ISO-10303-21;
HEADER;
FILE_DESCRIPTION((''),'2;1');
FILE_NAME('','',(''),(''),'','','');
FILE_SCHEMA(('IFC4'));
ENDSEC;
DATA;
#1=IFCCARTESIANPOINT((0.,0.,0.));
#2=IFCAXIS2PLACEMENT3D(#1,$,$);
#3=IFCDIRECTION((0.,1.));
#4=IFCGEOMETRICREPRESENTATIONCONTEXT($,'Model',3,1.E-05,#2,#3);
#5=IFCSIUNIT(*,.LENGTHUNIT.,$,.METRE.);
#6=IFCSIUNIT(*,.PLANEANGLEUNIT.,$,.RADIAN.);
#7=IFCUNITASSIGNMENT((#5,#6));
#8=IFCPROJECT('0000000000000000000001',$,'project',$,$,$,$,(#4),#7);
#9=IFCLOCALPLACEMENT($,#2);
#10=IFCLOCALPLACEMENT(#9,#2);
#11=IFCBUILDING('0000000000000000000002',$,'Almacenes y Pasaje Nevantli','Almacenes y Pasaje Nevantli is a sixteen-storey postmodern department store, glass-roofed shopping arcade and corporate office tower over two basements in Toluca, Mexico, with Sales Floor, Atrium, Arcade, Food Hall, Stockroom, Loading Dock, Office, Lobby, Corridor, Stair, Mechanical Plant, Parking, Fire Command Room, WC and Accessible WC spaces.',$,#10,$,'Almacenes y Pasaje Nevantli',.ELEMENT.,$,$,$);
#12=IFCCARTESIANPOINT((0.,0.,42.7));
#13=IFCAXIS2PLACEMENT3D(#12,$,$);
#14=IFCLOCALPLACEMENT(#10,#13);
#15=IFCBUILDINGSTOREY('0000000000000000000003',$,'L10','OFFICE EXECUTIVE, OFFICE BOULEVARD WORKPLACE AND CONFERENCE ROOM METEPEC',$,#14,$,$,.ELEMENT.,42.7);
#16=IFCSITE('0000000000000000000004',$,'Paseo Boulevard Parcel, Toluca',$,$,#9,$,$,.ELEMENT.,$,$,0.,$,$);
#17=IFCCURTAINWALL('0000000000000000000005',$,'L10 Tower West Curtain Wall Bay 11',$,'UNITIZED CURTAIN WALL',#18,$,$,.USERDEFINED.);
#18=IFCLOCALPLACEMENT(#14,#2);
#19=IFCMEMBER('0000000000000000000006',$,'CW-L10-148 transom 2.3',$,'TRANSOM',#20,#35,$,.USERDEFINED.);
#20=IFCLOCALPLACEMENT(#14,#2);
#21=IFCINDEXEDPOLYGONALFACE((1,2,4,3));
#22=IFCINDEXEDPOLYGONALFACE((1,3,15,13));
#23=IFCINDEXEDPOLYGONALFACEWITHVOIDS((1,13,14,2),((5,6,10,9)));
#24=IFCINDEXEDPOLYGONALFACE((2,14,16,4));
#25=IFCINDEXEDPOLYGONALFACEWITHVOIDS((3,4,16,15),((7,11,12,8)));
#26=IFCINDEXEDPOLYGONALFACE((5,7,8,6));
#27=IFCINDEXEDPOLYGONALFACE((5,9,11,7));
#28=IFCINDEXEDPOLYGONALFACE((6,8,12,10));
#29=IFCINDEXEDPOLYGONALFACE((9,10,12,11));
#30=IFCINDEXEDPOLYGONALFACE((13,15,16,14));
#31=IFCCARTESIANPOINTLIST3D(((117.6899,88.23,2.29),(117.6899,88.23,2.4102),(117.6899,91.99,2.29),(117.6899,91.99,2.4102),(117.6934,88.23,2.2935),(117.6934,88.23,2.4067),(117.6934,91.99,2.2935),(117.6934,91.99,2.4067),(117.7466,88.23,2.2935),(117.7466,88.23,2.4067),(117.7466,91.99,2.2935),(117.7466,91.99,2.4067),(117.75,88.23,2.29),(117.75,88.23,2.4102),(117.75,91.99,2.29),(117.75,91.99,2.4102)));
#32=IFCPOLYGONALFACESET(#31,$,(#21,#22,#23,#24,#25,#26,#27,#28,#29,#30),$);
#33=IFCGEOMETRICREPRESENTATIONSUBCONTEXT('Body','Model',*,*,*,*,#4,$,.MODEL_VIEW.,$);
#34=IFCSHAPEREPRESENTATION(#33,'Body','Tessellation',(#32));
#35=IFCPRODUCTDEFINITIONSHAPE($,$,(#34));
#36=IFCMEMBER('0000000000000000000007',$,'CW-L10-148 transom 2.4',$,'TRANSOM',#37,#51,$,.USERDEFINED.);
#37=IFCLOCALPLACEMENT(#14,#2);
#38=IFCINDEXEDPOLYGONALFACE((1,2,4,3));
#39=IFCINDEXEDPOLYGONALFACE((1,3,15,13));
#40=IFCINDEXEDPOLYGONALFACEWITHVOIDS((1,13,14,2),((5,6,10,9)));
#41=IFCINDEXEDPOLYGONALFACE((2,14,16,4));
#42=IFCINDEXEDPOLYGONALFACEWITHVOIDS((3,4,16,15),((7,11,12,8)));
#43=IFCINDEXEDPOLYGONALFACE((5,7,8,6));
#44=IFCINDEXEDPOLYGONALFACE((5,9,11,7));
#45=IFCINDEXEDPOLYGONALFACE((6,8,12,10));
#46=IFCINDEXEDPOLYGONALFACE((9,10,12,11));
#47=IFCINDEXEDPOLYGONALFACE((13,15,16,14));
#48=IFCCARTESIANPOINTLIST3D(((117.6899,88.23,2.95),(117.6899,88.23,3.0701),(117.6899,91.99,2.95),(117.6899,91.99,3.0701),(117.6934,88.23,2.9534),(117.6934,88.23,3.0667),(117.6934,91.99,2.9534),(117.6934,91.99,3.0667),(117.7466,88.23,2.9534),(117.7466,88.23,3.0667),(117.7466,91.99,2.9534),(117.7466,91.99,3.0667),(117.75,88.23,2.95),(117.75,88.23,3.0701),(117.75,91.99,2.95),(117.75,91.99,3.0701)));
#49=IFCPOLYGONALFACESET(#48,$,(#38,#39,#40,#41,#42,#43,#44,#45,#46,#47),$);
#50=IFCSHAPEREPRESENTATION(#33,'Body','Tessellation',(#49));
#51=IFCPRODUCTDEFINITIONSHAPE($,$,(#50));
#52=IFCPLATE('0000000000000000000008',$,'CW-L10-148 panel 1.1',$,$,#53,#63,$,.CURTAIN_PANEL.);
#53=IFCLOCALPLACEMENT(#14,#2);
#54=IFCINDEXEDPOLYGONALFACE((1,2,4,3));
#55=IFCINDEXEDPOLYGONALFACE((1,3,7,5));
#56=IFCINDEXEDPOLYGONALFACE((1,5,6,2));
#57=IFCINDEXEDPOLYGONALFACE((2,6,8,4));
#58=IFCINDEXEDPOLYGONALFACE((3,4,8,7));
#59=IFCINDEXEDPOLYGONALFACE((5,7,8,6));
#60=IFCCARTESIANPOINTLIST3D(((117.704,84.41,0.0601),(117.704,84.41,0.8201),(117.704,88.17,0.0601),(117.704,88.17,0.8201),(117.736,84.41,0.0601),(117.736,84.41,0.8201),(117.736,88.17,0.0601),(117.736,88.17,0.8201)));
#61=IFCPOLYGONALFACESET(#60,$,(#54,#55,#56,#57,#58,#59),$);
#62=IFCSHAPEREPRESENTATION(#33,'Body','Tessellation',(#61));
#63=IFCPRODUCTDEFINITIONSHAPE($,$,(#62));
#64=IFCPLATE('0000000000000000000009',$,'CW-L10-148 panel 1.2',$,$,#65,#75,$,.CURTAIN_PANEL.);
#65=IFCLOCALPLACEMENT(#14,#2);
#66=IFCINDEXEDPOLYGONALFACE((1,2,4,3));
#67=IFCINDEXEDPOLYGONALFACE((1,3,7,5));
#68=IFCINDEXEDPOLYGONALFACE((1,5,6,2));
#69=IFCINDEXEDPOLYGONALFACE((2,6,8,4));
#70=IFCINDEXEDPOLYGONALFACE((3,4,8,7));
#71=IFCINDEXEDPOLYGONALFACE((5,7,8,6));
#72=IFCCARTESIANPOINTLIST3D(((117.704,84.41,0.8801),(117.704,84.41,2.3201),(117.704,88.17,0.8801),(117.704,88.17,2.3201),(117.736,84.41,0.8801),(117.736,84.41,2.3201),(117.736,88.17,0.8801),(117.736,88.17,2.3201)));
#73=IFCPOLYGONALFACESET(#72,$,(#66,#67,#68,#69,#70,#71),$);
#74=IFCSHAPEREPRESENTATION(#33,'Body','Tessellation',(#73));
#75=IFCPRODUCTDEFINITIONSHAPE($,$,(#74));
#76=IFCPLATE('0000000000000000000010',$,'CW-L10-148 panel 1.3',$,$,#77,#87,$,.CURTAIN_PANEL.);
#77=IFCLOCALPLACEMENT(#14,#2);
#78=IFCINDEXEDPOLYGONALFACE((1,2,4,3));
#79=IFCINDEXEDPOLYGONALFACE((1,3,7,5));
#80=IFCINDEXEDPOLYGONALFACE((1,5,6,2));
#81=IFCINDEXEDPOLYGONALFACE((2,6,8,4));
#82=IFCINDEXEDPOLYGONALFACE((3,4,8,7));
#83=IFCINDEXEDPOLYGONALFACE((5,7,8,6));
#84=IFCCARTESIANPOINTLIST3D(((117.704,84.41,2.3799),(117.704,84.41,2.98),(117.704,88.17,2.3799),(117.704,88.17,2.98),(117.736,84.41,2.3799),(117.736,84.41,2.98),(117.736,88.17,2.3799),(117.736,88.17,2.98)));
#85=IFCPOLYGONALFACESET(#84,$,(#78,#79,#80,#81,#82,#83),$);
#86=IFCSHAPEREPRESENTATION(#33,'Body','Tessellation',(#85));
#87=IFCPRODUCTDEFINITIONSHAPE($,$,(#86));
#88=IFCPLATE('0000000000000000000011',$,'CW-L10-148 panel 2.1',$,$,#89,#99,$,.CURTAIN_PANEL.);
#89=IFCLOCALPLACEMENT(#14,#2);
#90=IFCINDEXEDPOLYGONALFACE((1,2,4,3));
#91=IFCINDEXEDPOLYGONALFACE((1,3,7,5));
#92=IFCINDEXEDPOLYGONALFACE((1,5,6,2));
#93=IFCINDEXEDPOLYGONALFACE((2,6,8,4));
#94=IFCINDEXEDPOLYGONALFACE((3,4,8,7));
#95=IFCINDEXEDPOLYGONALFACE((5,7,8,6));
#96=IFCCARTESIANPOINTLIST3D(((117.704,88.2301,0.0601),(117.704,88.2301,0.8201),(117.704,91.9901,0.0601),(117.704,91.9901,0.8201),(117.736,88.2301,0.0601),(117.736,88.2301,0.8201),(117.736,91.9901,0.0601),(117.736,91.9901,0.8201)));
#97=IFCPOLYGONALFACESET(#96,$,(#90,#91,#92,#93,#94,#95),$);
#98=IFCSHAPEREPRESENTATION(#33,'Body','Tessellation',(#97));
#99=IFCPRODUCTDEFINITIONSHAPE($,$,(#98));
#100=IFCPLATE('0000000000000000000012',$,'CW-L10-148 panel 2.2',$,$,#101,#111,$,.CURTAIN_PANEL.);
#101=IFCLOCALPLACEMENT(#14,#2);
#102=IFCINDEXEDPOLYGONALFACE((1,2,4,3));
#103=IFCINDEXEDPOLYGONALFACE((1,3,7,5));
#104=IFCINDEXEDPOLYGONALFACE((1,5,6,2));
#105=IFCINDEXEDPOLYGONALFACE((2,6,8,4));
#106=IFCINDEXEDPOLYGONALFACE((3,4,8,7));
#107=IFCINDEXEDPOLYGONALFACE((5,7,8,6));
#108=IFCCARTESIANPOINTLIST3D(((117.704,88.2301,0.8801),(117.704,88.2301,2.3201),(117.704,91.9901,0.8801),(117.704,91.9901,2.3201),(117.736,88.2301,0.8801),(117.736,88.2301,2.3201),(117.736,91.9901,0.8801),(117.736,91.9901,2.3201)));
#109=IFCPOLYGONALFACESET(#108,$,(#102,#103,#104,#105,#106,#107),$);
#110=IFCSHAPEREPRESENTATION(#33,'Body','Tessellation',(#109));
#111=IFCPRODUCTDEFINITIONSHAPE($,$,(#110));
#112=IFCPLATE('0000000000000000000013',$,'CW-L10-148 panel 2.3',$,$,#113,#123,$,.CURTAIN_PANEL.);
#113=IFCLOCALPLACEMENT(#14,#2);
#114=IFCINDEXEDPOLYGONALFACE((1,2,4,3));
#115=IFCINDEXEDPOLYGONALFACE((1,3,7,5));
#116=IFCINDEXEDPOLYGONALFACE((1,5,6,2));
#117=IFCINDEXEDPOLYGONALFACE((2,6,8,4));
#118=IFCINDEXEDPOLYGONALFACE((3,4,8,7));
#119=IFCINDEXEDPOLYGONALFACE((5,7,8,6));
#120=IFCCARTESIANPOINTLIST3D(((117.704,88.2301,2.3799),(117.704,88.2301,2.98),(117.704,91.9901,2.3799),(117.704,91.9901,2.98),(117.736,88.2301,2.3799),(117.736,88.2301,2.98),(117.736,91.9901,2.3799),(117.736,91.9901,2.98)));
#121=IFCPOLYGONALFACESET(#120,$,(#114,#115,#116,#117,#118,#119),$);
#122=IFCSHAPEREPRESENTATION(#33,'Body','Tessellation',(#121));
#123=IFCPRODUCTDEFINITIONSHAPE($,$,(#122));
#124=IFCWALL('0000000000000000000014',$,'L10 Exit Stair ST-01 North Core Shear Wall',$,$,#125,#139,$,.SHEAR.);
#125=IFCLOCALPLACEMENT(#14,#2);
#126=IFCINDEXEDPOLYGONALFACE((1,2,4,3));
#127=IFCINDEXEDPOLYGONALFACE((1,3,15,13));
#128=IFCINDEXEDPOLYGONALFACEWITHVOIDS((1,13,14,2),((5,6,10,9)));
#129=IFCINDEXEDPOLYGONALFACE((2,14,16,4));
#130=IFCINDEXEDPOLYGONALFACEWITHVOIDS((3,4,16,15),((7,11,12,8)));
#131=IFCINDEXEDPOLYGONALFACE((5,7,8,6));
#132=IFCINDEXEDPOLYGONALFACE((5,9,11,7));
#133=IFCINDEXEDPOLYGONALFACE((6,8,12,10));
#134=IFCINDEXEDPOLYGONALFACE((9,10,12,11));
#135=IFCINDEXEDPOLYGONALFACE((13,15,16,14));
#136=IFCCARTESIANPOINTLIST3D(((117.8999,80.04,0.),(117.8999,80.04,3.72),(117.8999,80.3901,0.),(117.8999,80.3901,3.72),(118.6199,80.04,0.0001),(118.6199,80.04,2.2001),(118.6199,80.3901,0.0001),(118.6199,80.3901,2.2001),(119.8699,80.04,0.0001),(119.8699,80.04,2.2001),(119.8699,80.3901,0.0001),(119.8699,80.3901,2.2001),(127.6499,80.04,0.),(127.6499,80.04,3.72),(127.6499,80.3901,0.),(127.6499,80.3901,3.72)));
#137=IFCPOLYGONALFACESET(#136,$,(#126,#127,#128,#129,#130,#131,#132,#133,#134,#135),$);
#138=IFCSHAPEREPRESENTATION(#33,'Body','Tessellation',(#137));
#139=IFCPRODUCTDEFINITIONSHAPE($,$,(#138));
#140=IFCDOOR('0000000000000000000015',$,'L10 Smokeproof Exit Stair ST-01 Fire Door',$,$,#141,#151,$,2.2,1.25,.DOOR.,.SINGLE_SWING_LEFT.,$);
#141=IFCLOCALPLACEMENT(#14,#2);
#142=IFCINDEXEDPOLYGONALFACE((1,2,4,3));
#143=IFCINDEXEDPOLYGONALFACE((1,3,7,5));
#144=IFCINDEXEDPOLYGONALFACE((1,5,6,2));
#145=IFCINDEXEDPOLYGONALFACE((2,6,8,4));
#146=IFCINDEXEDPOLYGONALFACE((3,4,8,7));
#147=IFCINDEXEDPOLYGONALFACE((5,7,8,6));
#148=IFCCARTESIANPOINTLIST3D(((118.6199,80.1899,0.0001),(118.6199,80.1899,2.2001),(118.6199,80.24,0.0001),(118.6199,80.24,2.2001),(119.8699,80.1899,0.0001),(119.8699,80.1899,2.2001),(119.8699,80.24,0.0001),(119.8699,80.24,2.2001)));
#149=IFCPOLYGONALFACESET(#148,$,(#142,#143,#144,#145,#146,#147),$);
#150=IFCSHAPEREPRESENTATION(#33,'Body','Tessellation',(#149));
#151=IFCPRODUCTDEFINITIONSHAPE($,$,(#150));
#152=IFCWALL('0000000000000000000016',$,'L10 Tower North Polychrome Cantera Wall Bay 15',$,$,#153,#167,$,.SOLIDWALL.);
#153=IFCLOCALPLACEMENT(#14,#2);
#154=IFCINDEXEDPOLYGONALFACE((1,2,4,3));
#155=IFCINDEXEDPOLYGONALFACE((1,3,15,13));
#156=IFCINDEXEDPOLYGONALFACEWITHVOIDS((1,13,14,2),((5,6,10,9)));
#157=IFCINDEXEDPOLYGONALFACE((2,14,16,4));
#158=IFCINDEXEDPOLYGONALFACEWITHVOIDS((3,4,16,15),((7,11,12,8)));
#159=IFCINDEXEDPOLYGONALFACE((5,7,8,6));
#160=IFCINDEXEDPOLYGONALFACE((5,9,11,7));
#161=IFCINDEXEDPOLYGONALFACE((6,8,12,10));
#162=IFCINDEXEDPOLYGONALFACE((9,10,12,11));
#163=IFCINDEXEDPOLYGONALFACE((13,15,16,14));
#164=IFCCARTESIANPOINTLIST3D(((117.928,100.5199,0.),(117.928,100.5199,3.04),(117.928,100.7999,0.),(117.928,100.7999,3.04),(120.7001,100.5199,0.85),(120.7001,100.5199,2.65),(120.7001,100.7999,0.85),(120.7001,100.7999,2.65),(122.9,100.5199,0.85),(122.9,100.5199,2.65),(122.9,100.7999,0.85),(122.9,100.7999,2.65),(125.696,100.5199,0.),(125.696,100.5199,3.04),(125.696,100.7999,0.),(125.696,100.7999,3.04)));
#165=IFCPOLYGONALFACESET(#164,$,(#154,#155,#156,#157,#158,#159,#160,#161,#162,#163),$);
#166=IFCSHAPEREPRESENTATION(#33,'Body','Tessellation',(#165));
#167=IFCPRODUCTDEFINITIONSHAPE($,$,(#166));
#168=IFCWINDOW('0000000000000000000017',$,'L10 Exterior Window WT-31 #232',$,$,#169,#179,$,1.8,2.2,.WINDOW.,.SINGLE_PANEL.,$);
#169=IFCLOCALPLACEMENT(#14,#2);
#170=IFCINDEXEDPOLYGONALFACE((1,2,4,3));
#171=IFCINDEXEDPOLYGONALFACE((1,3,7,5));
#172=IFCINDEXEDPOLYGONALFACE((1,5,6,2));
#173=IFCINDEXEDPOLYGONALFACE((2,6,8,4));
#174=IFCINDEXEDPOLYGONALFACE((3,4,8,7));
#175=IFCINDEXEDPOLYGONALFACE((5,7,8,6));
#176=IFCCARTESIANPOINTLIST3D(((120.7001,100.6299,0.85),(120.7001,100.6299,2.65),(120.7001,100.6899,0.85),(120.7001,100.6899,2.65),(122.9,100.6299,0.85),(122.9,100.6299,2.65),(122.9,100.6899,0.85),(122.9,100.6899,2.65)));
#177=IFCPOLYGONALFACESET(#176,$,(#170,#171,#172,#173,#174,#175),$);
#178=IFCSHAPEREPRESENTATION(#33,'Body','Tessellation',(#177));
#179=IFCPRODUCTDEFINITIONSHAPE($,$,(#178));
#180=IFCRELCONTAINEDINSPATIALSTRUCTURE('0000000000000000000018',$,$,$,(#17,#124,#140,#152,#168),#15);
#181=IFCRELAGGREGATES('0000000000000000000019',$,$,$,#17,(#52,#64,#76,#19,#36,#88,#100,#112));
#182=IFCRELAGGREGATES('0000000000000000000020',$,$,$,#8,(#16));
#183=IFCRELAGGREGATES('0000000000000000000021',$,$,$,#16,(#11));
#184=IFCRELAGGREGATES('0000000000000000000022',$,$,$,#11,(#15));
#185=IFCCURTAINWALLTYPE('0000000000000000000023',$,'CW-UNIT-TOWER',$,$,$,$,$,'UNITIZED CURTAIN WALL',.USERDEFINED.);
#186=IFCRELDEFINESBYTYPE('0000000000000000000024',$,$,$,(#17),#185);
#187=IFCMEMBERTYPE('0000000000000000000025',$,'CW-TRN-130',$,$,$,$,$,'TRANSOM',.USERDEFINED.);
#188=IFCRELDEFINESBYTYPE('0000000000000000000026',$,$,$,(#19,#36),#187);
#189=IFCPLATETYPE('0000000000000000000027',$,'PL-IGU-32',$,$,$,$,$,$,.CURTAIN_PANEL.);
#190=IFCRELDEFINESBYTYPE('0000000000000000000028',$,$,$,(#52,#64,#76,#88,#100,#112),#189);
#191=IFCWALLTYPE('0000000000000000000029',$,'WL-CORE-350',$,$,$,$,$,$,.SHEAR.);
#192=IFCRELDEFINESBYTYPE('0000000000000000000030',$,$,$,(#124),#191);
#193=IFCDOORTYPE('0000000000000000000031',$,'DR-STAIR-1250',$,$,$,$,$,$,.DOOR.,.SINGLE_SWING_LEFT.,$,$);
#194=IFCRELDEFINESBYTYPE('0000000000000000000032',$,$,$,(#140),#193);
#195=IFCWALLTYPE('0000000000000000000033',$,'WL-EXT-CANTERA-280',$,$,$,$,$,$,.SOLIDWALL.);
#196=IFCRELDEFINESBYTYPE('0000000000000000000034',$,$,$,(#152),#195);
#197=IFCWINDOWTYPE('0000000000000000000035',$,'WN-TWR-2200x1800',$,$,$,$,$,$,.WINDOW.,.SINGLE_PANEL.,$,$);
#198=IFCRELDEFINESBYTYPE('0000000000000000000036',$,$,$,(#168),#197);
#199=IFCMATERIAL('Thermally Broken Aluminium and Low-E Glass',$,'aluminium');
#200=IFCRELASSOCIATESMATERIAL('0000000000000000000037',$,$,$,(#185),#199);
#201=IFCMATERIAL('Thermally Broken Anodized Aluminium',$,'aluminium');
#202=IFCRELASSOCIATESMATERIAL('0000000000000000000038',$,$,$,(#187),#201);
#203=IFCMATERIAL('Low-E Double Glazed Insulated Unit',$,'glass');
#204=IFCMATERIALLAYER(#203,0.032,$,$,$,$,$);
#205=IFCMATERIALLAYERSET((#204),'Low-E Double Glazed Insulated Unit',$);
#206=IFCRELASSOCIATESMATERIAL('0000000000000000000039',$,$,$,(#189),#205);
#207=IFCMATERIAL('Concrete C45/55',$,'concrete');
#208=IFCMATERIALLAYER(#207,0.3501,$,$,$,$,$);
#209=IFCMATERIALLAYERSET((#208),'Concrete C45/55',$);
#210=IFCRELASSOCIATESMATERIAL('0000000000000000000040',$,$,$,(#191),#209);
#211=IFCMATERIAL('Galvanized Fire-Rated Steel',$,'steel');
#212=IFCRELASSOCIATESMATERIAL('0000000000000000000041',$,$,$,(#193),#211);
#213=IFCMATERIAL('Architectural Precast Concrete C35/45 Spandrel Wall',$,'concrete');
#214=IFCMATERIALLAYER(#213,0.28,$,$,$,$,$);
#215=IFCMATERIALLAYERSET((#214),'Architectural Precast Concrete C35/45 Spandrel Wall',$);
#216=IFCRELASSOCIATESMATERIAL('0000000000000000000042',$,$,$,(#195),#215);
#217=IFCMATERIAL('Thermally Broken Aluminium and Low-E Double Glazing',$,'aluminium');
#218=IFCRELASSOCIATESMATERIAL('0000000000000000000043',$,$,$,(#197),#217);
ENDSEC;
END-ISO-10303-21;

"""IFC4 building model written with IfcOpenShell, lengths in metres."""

from ifc_helpers import new_model, si_unit, direction, frame, frame_2d, origin, origin_2d, place, context, subcontext, project, spatial, rectangle, hollow_rectangle, extrude, material, layer, layer_set, material_profile, profile_set, type_object, element, fill, aggregate, save


model = new_model("IFC4")

# Units and contexts
model_context = context("Model", 3, precision=1e-05, world=origin(), true_north=direction((0.0, 1.0)))
body_context = subcontext(model_context, "Body", "Model", "MODEL_VIEW")
ifc_project = project(units=[si_unit("LENGTHUNIT", "METRE"), si_unit("PLANEANGLEUNIT", "RADIAN")], contexts=[model_context])

# Site, building, storey
site_placement = place(None, origin())
site = spatial("IfcSite", under=ifc_project, at=site_placement, Name="Paseo Boulevard Parcel, Toluca", CompositionType="ELEMENT", RefElevation=0.0)
building_placement = place(site_placement, origin())
building = spatial("IfcBuilding", under=site, at=building_placement, Name="Almacenes y Pasaje Nevantli", Description="Almacenes y Pasaje Nevantli is a sixteen-storey postmodern department store, glass-roofed shopping arcade and corporate office tower over two basements in Toluca, Mexico, with Sales Floor, Atrium, Arcade, Food Hall, Stockroom, Loading Dock, Office, Lobby, Corridor, Stair, Mechanical Plant, Parking, Fire Command Room, WC and Accessible WC spaces.", LongName="Almacenes y Pasaje Nevantli", CompositionType="ELEMENT")
storey_placement = place(building_placement, frame((0.0, 0.0, 42.7)))
storey = spatial("IfcBuildingStorey", under=building, at=storey_placement, Name="L10", Description="OFFICE EXECUTIVE, OFFICE BOULEVARD WORKPLACE AND CONFERENCE ROOM METEPEC", CompositionType="ELEMENT", Elevation=42.7)

# Curtain wall, members, plates
ifc_material_1 = material(Name="Thermally Broken Aluminium and Low-E Glass", Category="aluminium")
curtain_wall_type = type_object("IfcCurtainWallType", Name="CW-UNIT-TOWER", ElementType="UNITIZED CURTAIN WALL", PredefinedType="USERDEFINED", material=ifc_material_1)
curtain_wall_placement = place(storey_placement, origin())
curtain_wall = element("IfcCurtainWall", 1, at=curtain_wall_placement, inside=storey, type_object=curtain_wall_type, Name="L10 Tower West Curtain Wall Bay 11", ObjectType="UNITIZED CURTAIN WALL", PredefinedType="USERDEFINED")
ifc_material_2 = material(Name="Thermally Broken Anodized Aluminium", Category="aluminium")
ifc_material_profile_1 = material_profile(ifc_material_2, hollow_rectangle(XDim=0.0601, YDim=0.1201, WallThickness=0.0034, at=origin_2d()), Name="ALU-TRN-60x120")
ifc_profile_set_1 = profile_set([ifc_material_profile_1], Name="Thermally Broken Anodized Aluminium")
member_type = type_object("IfcMemberType", Name="CW-TRN-130", ElementType="TRANSOM", PredefinedType="USERDEFINED", material=ifc_profile_set_1)
member_1_placement = place(storey_placement, frame((117.72, 88.23, 2.3501), z_axis=(0.0, 1.0, 0.0), x_axis=(-1.0, 0.0, 0.0)))
member_1 = element("IfcMember", 2, at=member_1_placement, type_object=member_type, Name="CW-L10-148 transom 2.3", ObjectType="TRANSOM", PredefinedType="USERDEFINED", context=body_context, shape_type="SweptSolid", body=[
    extrude(hollow_rectangle(XDim=0.0601, YDim=0.1201, WallThickness=0.0034, at=origin_2d()), origin(), (0.0, 0.0, 1.0), 3.76),
])
member_2_placement = place(storey_placement, frame((117.72, 88.23, 3.01), z_axis=(0.0, 1.0, 0.0), x_axis=(-1.0, 0.0, 0.0)))
member_2 = element("IfcMember", 3, at=member_2_placement, type_object=member_type, Name="CW-L10-148 transom 2.4", ObjectType="TRANSOM", PredefinedType="USERDEFINED", context=body_context, shape_type="SweptSolid", body=[
    extrude(hollow_rectangle(XDim=0.0601, YDim=0.1201, WallThickness=0.0034, at=origin_2d()), origin(), (0.0, 0.0, 1.0), 3.76),
])
ifc_material_3 = material(Name="Low-E Double Glazed Insulated Unit", Category="glass")
ifc_layer_1 = layer(ifc_material_3, 0.032)
ifc_layer_set_1 = layer_set([ifc_layer_1], Name="Low-E Double Glazed Insulated Unit")
plate_type = type_object("IfcPlateType", Name="PL-IGU-32", PredefinedType="CURTAIN_PANEL", material=ifc_layer_set_1)
plate_1_placement = place(storey_placement, frame((117.72, 86.29, 0.0601), z_axis=(0.0, 0.0, 1.0), x_axis=(0.0, 1.0, 0.0)))
plate_1 = element("IfcPlate", 4, at=plate_1_placement, type_object=plate_type, Name="CW-L10-148 panel 1.1", PredefinedType="CURTAIN_PANEL", context=body_context, shape_type="SweptSolid", body=[
    extrude(rectangle(XDim=3.76, YDim=0.032, at=origin_2d()), origin(), (0.0, 0.0, 1.0), 0.76),
])
plate_2_placement = place(storey_placement, frame((117.72, 86.29, 0.8801), z_axis=(0.0, 0.0, 1.0), x_axis=(0.0, 1.0, 0.0)))
plate_2 = element("IfcPlate", 5, at=plate_2_placement, type_object=plate_type, Name="CW-L10-148 panel 1.2", PredefinedType="CURTAIN_PANEL", context=body_context, shape_type="SweptSolid", body=[
    extrude(rectangle(XDim=3.76, YDim=0.032, at=origin_2d()), origin(), (0.0, 0.0, 1.0), 1.4399),
])
plate_3_placement = place(storey_placement, frame((117.72, 86.29, 2.3799), z_axis=(0.0, 0.0, 1.0), x_axis=(0.0, 1.0, 0.0)))
plate_3 = element("IfcPlate", 6, at=plate_3_placement, type_object=plate_type, Name="CW-L10-148 panel 1.3", PredefinedType="CURTAIN_PANEL", context=body_context, shape_type="SweptSolid", body=[
    extrude(rectangle(XDim=3.76, YDim=0.032, at=origin_2d()), origin(), (0.0, 0.0, 1.0), 0.6001),
])
plate_4_placement = place(storey_placement, frame((117.72, 90.1101, 0.0601), z_axis=(0.0, 0.0, 1.0), x_axis=(0.0, 1.0, 0.0)))
plate_4 = element("IfcPlate", 7, at=plate_4_placement, type_object=plate_type, Name="CW-L10-148 panel 2.1", PredefinedType="CURTAIN_PANEL", context=body_context, shape_type="SweptSolid", body=[
    extrude(rectangle(XDim=3.76, YDim=0.032, at=origin_2d()), origin(), (0.0, 0.0, 1.0), 0.76),
])
plate_5_placement = place(storey_placement, frame((117.72, 90.1101, 0.8801), z_axis=(0.0, 0.0, 1.0), x_axis=(0.0, 1.0, 0.0)))
plate_5 = element("IfcPlate", 8, at=plate_5_placement, type_object=plate_type, Name="CW-L10-148 panel 2.2", PredefinedType="CURTAIN_PANEL", context=body_context, shape_type="SweptSolid", body=[
    extrude(rectangle(XDim=3.76, YDim=0.032, at=origin_2d()), origin(), (0.0, 0.0, 1.0), 1.4399),
])
plate_6_placement = place(storey_placement, frame((117.72, 90.1101, 2.3799), z_axis=(0.0, 0.0, 1.0), x_axis=(0.0, 1.0, 0.0)))
plate_6 = element("IfcPlate", 9, at=plate_6_placement, type_object=plate_type, Name="CW-L10-148 panel 2.3", PredefinedType="CURTAIN_PANEL", context=body_context, shape_type="SweptSolid", body=[
    extrude(rectangle(XDim=3.76, YDim=0.032, at=origin_2d()), origin(), (0.0, 0.0, 1.0), 0.6001),
])
aggregate(curtain_wall, [plate_1, plate_2, plate_3, member_1, member_2, plate_4, plate_5, plate_6])

# Wall, opening, door
ifc_material_4 = material(Name="Concrete C45/55", Category="concrete")
ifc_layer_2 = layer(ifc_material_4, 0.3501)
ifc_layer_set_2 = layer_set([ifc_layer_2], Name="Concrete C45/55")
wall_type_1 = type_object("IfcWallType", Name="WL-CORE-350", PredefinedType="SHEAR", material=ifc_layer_set_2)
wall_1_placement = place(storey_placement, frame((117.8999, 80.2151, 0.0), z_axis=(0.0, 0.0, 1.0), x_axis=(1.0, 0.0, 0.0)))
wall_1 = element("IfcWall", 10, at=wall_1_placement, inside=storey, type_object=wall_type_1, Name="L10 Exit Stair ST-01 North Core Shear Wall", PredefinedType="SHEAR", context=body_context, shape_type="SweptSolid", body=[
    extrude(rectangle(XDim=9.75, YDim=0.3501, at=frame_2d((4.875, 0.0))), origin(), (0.0, 0.0, 1.0), 3.72),
])
opening_1_placement = place(wall_1_placement, frame((0.72, 0.0, 0.0)))
opening_1 = element("IfcOpeningElement", 11, at=opening_1_placement, cuts=wall_1, PredefinedType="OPENING", context=body_context, shape_type="SweptSolid", body=[
    extrude(rectangle(XDim=1.25, YDim=2.2, at=frame_2d((0.625, 1.1001))), frame((0.0, 0.1851, 0.0), z_axis=(0.0, -1.0, 0.0), x_axis=(1.0, 0.0, 0.0)), (0.0, 0.0, 1.0), 0.3701),
])
ifc_material_5 = material(Name="Galvanized Fire-Rated Steel", Category="steel")
door_type_1 = type_object("IfcDoorType", Name="DR-STAIR-1250", OperationType="SINGLE_SWING_LEFT", PredefinedType="DOOR", material=ifc_material_5)
door_1_placement = place(opening_1_placement, origin())
door_1 = element("IfcDoor", 12, at=door_1_placement, inside=storey, type_object=door_type_1, Name="L10 Smokeproof Exit Stair ST-01 Fire Door", OperationType="SINGLE_SWING_LEFT", OverallHeight=2.2, OverallWidth=1.25, PredefinedType="DOOR", context=body_context, shape_type="SweptSolid", body=[
    extrude(rectangle(XDim=1.25, YDim=2.2, at=frame_2d((0.625, 1.1001))), frame((0.0, 0.0249, 0.0), z_axis=(0.0, -1.0, 0.0), x_axis=(1.0, 0.0, 0.0)), (0.0, 0.0, 1.0), 0.05),
])
fill(opening_1, door_1)

# Wall, opening, window
ifc_material_6 = material(Name="Architectural Precast Concrete C35/45 Spandrel Wall", Category="concrete")
ifc_layer_3 = layer(ifc_material_6, 0.28)
ifc_layer_set_3 = layer_set([ifc_layer_3], Name="Architectural Precast Concrete C35/45 Spandrel Wall")
wall_type_2 = type_object("IfcWallType", Name="WL-EXT-CANTERA-280", PredefinedType="SOLIDWALL", material=ifc_layer_set_3)
wall_2_placement = place(storey_placement, frame((117.928, 100.6599, 0.0), z_axis=(0.0, 0.0, 1.0), x_axis=(1.0, 0.0, 0.0)))
wall_2 = element("IfcWall", 13, at=wall_2_placement, inside=storey, type_object=wall_type_2, Name="L10 Tower North Polychrome Cantera Wall Bay 15", PredefinedType="SOLIDWALL", context=body_context, shape_type="SweptSolid", body=[
    extrude(rectangle(XDim=7.7681, YDim=0.28, at=frame_2d((3.884, 0.0))), origin(), (0.0, 0.0, 1.0), 3.04),
])
opening_2_placement = place(wall_2_placement, frame((2.772, 0.0, 0.8501)))
opening_2 = element("IfcOpeningElement", 14, at=opening_2_placement, cuts=wall_2, PredefinedType="OPENING", context=body_context, shape_type="SweptSolid", body=[
    extrude(rectangle(XDim=2.2, YDim=1.8, at=frame_2d((1.1001, 0.8999))), frame((0.0, 0.1499, 0.0), z_axis=(0.0, -1.0, 0.0), x_axis=(1.0, 0.0, 0.0)), (0.0, 0.0, 1.0), 0.3),
])
ifc_material_7 = material(Name="Thermally Broken Aluminium and Low-E Double Glazing", Category="aluminium")
window_type_1 = type_object("IfcWindowType", Name="WN-TWR-2200x1800", PartitioningType="SINGLE_PANEL", PredefinedType="WINDOW", material=ifc_material_7)
window_1_placement = place(opening_2_placement, origin())
window_1 = element("IfcWindow", 15, at=window_1_placement, inside=storey, type_object=window_type_1, Name="L10 Exterior Window WT-31 #232", OverallHeight=1.8, OverallWidth=2.2, PartitioningType="SINGLE_PANEL", PredefinedType="WINDOW", context=body_context, shape_type="SweptSolid", body=[
    extrude(rectangle(XDim=2.2, YDim=1.8, at=frame_2d((1.1001, 0.8999))), frame((0.0, 0.03, 0.0), z_axis=(0.0, -1.0, 0.0), x_axis=(1.0, 0.0, 0.0)), (0.0, 0.0, 1.0), 0.0601),
])
fill(opening_2, window_1)

save(model, "model.ifc")
